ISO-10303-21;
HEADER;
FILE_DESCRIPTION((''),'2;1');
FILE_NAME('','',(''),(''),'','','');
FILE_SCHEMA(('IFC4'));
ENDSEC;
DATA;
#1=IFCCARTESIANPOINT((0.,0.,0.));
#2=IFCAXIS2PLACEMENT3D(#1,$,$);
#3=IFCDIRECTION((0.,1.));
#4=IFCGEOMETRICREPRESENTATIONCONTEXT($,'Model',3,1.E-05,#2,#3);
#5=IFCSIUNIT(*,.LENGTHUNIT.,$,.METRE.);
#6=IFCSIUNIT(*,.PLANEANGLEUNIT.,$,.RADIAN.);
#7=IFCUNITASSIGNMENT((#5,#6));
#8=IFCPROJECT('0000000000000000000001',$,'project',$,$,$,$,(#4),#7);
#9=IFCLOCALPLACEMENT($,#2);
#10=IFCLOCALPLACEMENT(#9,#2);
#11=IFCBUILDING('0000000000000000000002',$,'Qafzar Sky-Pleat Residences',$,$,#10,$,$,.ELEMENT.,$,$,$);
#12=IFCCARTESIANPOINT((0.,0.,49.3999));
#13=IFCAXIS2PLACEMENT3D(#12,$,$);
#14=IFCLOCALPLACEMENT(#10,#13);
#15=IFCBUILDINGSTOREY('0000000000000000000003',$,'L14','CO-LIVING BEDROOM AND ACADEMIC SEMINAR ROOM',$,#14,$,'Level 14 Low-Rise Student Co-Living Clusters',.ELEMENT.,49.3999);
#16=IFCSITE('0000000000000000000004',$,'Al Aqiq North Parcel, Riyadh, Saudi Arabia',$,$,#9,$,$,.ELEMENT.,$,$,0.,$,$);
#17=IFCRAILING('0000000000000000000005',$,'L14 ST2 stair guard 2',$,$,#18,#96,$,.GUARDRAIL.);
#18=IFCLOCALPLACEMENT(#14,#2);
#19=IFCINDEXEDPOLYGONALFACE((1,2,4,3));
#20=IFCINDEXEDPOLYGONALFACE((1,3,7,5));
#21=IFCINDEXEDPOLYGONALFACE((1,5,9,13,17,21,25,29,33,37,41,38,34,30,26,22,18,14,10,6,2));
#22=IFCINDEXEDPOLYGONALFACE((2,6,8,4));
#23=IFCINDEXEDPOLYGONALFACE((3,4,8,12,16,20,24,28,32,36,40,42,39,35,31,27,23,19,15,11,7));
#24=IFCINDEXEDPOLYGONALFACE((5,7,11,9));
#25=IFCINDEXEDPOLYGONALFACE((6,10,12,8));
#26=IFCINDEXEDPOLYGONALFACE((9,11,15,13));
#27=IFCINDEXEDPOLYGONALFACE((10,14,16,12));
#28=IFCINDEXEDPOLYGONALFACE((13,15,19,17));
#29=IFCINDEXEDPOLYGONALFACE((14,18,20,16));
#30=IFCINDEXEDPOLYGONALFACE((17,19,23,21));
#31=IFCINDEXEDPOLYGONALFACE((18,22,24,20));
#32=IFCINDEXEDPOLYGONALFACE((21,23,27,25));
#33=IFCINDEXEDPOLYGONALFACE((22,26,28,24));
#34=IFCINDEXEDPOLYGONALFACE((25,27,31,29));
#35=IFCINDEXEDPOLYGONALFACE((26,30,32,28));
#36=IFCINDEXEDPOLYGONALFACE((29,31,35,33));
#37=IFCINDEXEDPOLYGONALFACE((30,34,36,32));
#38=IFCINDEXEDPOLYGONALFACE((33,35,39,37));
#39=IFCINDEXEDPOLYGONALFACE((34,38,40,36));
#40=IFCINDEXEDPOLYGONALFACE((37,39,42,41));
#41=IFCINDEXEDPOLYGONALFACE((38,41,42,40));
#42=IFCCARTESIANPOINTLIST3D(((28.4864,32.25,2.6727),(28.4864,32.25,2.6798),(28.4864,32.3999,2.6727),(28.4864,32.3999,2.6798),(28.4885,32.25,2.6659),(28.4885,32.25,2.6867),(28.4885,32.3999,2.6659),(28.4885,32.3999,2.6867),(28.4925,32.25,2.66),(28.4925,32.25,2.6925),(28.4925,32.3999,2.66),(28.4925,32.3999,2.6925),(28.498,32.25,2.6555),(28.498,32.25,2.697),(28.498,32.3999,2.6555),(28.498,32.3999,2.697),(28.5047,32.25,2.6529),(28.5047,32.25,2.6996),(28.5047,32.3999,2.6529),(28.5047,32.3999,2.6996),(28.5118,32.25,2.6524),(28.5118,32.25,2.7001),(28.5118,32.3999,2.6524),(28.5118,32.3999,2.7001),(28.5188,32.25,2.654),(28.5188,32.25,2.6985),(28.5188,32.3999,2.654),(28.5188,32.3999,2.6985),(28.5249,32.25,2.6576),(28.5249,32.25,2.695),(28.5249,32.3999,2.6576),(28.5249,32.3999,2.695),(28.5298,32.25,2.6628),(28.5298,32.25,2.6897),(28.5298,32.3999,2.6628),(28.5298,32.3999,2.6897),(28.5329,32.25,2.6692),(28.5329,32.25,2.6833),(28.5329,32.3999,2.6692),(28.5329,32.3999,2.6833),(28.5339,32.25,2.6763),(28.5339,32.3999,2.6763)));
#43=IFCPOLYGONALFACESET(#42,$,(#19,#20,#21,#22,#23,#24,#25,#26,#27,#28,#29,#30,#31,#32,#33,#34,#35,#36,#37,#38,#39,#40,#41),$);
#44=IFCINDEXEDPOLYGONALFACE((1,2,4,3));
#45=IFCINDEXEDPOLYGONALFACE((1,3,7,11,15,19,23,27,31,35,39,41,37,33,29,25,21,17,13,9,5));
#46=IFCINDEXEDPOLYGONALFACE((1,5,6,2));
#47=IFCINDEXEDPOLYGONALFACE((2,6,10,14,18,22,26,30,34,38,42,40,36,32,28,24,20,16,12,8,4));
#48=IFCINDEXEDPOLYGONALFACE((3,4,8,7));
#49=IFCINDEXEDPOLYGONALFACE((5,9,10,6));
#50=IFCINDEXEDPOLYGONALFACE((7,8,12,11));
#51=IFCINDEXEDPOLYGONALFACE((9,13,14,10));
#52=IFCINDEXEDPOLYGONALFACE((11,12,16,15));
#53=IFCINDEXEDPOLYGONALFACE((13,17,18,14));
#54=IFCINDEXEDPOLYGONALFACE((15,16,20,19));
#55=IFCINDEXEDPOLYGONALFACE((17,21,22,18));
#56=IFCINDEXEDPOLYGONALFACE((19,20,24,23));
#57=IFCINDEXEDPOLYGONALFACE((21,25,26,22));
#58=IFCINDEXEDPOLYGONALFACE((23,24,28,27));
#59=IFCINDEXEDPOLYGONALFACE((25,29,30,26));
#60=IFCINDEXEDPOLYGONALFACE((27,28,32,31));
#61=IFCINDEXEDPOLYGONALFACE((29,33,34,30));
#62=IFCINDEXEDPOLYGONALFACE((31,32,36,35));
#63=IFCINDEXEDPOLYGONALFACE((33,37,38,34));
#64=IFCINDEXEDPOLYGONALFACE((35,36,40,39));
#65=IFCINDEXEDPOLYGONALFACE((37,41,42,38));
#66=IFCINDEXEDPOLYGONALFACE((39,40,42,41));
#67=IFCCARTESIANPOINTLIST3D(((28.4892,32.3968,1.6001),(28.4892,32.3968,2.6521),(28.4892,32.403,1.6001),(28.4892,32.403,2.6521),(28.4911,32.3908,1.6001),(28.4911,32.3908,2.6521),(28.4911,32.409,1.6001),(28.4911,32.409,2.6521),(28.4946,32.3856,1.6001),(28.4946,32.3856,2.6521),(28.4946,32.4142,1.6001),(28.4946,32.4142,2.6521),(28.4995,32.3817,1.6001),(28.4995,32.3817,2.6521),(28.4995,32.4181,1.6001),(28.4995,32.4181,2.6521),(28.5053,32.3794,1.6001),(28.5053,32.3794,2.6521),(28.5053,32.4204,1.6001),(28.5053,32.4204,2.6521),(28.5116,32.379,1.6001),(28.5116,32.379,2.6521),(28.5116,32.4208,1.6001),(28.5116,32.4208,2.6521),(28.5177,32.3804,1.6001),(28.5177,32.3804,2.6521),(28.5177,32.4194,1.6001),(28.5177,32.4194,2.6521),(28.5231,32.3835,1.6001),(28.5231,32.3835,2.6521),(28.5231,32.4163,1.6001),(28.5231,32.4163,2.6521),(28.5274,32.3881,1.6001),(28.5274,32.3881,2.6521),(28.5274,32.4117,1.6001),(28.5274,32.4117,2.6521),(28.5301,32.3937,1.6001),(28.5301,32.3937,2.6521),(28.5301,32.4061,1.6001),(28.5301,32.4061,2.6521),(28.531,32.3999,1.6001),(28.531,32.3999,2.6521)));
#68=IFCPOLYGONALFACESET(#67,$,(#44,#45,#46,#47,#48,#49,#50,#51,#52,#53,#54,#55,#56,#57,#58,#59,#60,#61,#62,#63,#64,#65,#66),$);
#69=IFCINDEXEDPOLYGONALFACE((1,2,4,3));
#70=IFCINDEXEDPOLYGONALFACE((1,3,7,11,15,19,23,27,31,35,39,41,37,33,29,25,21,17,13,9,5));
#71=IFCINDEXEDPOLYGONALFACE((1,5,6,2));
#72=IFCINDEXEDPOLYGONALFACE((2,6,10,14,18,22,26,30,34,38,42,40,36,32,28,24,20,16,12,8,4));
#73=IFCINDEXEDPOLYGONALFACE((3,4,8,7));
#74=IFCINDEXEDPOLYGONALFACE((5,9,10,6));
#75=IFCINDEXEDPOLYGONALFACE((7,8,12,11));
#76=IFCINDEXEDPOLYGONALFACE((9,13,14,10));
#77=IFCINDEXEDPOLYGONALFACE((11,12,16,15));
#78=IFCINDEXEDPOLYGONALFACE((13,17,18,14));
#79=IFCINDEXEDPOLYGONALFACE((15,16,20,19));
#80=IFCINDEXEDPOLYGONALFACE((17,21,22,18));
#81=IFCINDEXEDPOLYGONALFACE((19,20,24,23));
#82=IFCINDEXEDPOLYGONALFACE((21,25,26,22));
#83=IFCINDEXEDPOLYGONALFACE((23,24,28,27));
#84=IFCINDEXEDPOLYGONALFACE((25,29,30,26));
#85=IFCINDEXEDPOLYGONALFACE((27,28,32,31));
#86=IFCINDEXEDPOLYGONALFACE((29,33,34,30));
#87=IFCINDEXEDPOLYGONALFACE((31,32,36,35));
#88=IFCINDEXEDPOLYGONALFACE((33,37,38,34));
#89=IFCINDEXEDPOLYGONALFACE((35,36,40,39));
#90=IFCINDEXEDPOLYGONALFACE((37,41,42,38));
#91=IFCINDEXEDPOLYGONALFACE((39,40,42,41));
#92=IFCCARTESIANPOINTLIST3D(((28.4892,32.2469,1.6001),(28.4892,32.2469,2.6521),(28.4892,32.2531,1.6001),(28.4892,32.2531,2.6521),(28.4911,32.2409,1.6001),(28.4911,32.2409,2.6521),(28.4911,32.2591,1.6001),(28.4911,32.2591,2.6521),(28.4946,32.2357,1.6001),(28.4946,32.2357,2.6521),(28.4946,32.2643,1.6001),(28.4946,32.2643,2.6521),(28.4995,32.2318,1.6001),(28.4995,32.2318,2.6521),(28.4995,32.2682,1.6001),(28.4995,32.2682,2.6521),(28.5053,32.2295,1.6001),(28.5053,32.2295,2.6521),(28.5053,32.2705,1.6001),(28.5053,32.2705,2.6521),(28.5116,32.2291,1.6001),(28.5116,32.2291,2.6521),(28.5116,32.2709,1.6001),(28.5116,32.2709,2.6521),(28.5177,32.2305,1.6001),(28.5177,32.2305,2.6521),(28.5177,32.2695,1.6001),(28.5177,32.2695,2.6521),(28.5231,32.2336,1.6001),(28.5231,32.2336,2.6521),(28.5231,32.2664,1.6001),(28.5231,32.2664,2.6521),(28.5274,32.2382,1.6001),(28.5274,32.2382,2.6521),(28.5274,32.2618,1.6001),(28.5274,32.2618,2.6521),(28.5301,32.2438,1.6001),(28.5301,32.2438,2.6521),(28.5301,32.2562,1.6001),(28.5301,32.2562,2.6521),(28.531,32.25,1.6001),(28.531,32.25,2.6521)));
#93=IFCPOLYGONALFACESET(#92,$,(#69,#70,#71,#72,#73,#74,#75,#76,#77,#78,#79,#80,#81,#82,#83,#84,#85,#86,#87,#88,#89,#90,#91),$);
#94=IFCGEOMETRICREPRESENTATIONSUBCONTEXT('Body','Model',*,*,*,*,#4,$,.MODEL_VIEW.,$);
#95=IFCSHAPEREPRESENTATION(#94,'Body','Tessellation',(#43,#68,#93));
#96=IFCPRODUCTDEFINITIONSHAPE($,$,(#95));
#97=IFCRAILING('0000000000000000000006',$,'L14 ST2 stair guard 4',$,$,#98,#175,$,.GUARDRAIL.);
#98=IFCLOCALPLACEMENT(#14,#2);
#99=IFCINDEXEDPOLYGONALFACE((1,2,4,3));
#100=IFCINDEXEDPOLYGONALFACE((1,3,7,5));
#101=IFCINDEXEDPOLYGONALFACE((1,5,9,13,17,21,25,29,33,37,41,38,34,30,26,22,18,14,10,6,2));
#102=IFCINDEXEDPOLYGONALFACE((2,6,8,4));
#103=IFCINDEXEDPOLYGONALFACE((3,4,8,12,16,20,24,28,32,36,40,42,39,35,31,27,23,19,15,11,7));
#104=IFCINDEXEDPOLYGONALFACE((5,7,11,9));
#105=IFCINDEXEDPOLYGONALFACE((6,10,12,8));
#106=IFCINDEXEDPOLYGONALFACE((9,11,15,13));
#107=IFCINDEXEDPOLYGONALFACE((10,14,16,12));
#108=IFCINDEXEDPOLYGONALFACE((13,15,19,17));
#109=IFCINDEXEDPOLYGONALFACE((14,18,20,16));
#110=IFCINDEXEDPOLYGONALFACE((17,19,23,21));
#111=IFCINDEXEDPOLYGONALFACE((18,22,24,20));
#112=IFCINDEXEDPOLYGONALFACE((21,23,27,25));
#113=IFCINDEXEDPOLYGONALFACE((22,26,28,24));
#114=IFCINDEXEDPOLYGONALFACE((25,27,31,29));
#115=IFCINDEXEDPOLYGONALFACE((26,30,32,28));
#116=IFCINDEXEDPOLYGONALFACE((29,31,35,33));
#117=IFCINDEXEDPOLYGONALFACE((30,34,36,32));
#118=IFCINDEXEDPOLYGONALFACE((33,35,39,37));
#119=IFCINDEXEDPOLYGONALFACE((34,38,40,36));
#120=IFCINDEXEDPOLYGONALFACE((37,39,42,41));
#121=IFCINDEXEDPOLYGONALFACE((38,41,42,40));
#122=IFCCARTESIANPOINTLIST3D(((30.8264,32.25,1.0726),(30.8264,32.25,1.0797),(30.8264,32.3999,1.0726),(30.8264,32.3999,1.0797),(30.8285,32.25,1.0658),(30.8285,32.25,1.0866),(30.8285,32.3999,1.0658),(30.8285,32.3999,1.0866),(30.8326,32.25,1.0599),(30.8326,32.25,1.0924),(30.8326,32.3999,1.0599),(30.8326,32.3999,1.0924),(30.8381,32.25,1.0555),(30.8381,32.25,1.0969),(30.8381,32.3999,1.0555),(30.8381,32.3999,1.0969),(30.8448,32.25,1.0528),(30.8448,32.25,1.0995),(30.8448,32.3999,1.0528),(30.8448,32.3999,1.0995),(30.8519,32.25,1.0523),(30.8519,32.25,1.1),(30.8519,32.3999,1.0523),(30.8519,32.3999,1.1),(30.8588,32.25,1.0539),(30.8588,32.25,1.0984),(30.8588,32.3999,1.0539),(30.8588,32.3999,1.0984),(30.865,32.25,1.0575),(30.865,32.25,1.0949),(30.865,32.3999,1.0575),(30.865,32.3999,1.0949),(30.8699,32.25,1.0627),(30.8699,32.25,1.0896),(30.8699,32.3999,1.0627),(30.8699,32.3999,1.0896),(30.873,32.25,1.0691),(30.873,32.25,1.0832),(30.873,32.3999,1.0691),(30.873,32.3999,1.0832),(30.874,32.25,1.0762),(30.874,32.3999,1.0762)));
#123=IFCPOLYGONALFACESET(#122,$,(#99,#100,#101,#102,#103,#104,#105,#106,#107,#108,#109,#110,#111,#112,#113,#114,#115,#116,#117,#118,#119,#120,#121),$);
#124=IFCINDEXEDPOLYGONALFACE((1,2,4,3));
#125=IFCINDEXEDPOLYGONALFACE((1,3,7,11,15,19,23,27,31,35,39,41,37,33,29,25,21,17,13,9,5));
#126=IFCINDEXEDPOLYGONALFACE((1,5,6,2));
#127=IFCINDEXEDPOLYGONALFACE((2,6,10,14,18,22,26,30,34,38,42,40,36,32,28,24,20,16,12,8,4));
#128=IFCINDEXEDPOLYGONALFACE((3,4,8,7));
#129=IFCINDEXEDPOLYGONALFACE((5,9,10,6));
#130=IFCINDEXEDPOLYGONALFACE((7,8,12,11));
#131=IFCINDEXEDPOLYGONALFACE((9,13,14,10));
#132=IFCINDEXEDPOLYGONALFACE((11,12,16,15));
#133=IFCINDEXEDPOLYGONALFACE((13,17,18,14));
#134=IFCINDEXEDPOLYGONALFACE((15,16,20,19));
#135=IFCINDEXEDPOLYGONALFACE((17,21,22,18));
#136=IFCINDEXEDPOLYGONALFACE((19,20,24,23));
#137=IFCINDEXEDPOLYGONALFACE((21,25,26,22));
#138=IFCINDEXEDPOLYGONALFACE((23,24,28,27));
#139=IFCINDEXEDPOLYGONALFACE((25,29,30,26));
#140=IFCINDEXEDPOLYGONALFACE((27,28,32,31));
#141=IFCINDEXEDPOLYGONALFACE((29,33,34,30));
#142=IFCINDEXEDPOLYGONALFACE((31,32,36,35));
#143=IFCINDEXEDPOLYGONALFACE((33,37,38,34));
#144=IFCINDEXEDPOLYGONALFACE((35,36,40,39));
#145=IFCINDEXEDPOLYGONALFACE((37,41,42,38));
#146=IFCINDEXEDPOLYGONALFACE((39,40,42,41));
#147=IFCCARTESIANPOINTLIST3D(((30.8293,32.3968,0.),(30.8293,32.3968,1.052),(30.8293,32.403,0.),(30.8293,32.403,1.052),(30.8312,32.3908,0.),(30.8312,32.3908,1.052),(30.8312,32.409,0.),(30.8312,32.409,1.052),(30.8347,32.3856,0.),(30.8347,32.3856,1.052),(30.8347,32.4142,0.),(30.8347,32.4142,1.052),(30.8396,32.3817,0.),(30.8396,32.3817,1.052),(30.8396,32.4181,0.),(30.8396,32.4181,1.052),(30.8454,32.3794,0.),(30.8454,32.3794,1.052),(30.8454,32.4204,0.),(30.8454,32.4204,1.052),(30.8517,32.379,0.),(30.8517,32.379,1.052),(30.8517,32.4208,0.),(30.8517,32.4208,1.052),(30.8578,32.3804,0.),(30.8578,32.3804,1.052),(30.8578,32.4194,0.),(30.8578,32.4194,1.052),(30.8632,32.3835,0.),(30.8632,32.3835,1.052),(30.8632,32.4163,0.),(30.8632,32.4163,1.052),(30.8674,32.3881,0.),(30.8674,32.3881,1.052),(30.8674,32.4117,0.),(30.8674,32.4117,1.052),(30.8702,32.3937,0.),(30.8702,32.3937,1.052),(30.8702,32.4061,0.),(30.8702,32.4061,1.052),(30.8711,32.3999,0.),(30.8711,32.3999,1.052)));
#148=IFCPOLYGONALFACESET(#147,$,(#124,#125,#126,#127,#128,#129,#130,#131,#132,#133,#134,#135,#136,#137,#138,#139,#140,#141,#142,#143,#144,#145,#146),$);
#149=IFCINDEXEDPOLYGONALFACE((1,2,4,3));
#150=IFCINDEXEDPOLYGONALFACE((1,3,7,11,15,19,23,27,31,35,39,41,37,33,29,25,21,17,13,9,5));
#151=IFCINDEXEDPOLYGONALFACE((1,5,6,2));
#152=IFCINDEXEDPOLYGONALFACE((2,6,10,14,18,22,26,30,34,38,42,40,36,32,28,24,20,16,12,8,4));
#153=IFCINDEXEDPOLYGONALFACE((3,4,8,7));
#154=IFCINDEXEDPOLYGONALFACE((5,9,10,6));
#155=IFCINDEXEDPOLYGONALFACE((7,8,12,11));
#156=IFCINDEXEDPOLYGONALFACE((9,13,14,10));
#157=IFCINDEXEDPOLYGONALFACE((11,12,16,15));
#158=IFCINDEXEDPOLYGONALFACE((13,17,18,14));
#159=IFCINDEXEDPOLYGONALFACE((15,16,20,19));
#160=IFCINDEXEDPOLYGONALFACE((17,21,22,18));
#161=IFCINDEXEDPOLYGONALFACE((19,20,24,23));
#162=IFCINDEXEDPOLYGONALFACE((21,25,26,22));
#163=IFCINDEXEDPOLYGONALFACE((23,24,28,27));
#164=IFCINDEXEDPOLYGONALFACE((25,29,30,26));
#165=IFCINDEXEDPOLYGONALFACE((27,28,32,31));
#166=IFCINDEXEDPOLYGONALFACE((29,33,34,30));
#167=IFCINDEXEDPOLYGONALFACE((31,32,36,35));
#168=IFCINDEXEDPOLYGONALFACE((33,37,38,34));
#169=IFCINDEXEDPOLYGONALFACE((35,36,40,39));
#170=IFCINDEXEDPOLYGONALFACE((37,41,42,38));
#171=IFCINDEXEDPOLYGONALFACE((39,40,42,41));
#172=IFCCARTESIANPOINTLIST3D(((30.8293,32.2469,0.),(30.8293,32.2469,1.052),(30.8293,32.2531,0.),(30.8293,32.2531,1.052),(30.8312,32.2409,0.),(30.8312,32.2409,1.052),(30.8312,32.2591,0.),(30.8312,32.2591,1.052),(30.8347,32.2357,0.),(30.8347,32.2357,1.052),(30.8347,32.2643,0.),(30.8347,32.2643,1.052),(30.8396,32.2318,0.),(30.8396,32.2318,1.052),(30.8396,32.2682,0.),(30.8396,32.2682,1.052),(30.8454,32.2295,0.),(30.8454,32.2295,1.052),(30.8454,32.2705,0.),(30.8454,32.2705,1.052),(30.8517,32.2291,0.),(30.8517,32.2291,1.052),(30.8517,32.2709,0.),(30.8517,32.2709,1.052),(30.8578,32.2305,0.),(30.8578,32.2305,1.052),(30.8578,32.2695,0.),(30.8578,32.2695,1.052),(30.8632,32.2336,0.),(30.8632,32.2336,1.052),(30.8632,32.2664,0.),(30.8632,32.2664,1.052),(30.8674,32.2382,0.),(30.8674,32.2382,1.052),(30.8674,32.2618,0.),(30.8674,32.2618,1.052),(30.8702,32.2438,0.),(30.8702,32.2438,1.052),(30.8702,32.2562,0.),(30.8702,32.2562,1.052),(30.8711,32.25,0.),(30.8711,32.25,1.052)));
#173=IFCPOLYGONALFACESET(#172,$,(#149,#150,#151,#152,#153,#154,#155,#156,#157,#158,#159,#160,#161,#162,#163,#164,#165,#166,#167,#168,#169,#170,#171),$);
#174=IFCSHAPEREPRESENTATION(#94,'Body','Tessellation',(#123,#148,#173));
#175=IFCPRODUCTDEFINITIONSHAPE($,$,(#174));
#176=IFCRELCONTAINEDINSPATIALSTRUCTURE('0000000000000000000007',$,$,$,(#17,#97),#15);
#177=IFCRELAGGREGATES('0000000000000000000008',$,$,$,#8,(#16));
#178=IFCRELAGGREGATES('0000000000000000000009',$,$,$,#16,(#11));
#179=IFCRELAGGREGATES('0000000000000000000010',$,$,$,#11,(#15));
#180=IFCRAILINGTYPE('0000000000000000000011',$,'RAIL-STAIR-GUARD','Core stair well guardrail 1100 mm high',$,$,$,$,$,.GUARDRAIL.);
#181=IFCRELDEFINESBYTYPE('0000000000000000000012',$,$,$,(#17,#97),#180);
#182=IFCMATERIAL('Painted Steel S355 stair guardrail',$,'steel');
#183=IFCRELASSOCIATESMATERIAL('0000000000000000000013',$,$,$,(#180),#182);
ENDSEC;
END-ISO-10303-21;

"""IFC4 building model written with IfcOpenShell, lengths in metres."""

from ifc_helpers import new_model, si_unit, direction, frame, origin, origin_2d, place, context, subcontext, project, spatial, circle, extrude, source, transform, mapped, material, type_object, element, save


model = new_model("IFC4")

# Units and contexts
model_context = context("Model", 3, precision=1e-05, world=origin(), true_north=direction((0.0, 1.0)))
body_context = subcontext(model_context, "Body", "Model", "MODEL_VIEW")
ifc_project = project(units=[si_unit("LENGTHUNIT", "METRE"), si_unit("PLANEANGLEUNIT", "RADIAN")], contexts=[model_context])

# Site, building, storey
site_placement = place(None, origin())
site = spatial("IfcSite", under=ifc_project, at=site_placement, Name="Al Aqiq North Parcel, Riyadh, Saudi Arabia", CompositionType="ELEMENT", RefElevation=0.0)
building_placement = place(site_placement, origin())
building = spatial("IfcBuilding", under=site, at=building_placement, Name="Qafzar Sky-Pleat Residences", CompositionType="ELEMENT")
storey_placement = place(building_placement, frame((0.0, 0.0, 49.3999)))
storey = spatial("IfcBuildingStorey", under=building, at=storey_placement, Name="L14", Description="CO-LIVING BEDROOM AND ACADEMIC SEMINAR ROOM", LongName="Level 14 Low-Rise Student Co-Living Clusters", CompositionType="ELEMENT", Elevation=49.3999)

# Railings
ifc_material_1 = material(Name="Painted Steel S355 stair guardrail", Category="steel")
railing_type_1 = type_object("IfcRailingType", Name="RAIL-STAIR-GUARD", Description="Core stair well guardrail 1100 mm high", PredefinedType="GUARDRAIL", material=ifc_material_1)
shared_shape_1 = source(origin(), body_context, "Body", "SweptSolid", [
    extrude(circle(Radius=0.0239, at=origin_2d()), frame((0.0, 0.0, 1.0762), z_axis=(0.0, -1.0, 0.0), x_axis=(1.0, 0.0, 0.0)), (0.0, 0.0, 1.0), 0.1499),
    extrude(circle(Radius=0.021, at=origin_2d()), origin(), (0.0, 0.0, 1.0), 1.052),
    extrude(circle(Radius=0.021, at=origin_2d()), frame((0.0, -0.1499, 0.0)), (0.0, 0.0, 1.0), 1.052),
])
for number, where, name in (
    (1, (28.51, 32.3999, 1.6001), "L14 ST2 stair guard 2"),
    (2, (30.8501, 32.3999, 0.0), "L14 ST2 stair guard 4"),
):
    element("IfcRailing", number, at=place(storey_placement, frame(where)), inside=storey, type_object=railing_type_1, Name=name, PredefinedType="GUARDRAIL", context=body_context, shape_type="MappedRepresentation", body=[
        mapped(shared_shape_1, transform((0.0, 0.0, 0.0), x_axis=(1.0, 0.0, 0.0), y_axis=(0.0, 1.0, 0.0), z_axis=(0.0, 0.0, 1.0), scale=1.0)),
    ])

save(model, "model.ifc")
